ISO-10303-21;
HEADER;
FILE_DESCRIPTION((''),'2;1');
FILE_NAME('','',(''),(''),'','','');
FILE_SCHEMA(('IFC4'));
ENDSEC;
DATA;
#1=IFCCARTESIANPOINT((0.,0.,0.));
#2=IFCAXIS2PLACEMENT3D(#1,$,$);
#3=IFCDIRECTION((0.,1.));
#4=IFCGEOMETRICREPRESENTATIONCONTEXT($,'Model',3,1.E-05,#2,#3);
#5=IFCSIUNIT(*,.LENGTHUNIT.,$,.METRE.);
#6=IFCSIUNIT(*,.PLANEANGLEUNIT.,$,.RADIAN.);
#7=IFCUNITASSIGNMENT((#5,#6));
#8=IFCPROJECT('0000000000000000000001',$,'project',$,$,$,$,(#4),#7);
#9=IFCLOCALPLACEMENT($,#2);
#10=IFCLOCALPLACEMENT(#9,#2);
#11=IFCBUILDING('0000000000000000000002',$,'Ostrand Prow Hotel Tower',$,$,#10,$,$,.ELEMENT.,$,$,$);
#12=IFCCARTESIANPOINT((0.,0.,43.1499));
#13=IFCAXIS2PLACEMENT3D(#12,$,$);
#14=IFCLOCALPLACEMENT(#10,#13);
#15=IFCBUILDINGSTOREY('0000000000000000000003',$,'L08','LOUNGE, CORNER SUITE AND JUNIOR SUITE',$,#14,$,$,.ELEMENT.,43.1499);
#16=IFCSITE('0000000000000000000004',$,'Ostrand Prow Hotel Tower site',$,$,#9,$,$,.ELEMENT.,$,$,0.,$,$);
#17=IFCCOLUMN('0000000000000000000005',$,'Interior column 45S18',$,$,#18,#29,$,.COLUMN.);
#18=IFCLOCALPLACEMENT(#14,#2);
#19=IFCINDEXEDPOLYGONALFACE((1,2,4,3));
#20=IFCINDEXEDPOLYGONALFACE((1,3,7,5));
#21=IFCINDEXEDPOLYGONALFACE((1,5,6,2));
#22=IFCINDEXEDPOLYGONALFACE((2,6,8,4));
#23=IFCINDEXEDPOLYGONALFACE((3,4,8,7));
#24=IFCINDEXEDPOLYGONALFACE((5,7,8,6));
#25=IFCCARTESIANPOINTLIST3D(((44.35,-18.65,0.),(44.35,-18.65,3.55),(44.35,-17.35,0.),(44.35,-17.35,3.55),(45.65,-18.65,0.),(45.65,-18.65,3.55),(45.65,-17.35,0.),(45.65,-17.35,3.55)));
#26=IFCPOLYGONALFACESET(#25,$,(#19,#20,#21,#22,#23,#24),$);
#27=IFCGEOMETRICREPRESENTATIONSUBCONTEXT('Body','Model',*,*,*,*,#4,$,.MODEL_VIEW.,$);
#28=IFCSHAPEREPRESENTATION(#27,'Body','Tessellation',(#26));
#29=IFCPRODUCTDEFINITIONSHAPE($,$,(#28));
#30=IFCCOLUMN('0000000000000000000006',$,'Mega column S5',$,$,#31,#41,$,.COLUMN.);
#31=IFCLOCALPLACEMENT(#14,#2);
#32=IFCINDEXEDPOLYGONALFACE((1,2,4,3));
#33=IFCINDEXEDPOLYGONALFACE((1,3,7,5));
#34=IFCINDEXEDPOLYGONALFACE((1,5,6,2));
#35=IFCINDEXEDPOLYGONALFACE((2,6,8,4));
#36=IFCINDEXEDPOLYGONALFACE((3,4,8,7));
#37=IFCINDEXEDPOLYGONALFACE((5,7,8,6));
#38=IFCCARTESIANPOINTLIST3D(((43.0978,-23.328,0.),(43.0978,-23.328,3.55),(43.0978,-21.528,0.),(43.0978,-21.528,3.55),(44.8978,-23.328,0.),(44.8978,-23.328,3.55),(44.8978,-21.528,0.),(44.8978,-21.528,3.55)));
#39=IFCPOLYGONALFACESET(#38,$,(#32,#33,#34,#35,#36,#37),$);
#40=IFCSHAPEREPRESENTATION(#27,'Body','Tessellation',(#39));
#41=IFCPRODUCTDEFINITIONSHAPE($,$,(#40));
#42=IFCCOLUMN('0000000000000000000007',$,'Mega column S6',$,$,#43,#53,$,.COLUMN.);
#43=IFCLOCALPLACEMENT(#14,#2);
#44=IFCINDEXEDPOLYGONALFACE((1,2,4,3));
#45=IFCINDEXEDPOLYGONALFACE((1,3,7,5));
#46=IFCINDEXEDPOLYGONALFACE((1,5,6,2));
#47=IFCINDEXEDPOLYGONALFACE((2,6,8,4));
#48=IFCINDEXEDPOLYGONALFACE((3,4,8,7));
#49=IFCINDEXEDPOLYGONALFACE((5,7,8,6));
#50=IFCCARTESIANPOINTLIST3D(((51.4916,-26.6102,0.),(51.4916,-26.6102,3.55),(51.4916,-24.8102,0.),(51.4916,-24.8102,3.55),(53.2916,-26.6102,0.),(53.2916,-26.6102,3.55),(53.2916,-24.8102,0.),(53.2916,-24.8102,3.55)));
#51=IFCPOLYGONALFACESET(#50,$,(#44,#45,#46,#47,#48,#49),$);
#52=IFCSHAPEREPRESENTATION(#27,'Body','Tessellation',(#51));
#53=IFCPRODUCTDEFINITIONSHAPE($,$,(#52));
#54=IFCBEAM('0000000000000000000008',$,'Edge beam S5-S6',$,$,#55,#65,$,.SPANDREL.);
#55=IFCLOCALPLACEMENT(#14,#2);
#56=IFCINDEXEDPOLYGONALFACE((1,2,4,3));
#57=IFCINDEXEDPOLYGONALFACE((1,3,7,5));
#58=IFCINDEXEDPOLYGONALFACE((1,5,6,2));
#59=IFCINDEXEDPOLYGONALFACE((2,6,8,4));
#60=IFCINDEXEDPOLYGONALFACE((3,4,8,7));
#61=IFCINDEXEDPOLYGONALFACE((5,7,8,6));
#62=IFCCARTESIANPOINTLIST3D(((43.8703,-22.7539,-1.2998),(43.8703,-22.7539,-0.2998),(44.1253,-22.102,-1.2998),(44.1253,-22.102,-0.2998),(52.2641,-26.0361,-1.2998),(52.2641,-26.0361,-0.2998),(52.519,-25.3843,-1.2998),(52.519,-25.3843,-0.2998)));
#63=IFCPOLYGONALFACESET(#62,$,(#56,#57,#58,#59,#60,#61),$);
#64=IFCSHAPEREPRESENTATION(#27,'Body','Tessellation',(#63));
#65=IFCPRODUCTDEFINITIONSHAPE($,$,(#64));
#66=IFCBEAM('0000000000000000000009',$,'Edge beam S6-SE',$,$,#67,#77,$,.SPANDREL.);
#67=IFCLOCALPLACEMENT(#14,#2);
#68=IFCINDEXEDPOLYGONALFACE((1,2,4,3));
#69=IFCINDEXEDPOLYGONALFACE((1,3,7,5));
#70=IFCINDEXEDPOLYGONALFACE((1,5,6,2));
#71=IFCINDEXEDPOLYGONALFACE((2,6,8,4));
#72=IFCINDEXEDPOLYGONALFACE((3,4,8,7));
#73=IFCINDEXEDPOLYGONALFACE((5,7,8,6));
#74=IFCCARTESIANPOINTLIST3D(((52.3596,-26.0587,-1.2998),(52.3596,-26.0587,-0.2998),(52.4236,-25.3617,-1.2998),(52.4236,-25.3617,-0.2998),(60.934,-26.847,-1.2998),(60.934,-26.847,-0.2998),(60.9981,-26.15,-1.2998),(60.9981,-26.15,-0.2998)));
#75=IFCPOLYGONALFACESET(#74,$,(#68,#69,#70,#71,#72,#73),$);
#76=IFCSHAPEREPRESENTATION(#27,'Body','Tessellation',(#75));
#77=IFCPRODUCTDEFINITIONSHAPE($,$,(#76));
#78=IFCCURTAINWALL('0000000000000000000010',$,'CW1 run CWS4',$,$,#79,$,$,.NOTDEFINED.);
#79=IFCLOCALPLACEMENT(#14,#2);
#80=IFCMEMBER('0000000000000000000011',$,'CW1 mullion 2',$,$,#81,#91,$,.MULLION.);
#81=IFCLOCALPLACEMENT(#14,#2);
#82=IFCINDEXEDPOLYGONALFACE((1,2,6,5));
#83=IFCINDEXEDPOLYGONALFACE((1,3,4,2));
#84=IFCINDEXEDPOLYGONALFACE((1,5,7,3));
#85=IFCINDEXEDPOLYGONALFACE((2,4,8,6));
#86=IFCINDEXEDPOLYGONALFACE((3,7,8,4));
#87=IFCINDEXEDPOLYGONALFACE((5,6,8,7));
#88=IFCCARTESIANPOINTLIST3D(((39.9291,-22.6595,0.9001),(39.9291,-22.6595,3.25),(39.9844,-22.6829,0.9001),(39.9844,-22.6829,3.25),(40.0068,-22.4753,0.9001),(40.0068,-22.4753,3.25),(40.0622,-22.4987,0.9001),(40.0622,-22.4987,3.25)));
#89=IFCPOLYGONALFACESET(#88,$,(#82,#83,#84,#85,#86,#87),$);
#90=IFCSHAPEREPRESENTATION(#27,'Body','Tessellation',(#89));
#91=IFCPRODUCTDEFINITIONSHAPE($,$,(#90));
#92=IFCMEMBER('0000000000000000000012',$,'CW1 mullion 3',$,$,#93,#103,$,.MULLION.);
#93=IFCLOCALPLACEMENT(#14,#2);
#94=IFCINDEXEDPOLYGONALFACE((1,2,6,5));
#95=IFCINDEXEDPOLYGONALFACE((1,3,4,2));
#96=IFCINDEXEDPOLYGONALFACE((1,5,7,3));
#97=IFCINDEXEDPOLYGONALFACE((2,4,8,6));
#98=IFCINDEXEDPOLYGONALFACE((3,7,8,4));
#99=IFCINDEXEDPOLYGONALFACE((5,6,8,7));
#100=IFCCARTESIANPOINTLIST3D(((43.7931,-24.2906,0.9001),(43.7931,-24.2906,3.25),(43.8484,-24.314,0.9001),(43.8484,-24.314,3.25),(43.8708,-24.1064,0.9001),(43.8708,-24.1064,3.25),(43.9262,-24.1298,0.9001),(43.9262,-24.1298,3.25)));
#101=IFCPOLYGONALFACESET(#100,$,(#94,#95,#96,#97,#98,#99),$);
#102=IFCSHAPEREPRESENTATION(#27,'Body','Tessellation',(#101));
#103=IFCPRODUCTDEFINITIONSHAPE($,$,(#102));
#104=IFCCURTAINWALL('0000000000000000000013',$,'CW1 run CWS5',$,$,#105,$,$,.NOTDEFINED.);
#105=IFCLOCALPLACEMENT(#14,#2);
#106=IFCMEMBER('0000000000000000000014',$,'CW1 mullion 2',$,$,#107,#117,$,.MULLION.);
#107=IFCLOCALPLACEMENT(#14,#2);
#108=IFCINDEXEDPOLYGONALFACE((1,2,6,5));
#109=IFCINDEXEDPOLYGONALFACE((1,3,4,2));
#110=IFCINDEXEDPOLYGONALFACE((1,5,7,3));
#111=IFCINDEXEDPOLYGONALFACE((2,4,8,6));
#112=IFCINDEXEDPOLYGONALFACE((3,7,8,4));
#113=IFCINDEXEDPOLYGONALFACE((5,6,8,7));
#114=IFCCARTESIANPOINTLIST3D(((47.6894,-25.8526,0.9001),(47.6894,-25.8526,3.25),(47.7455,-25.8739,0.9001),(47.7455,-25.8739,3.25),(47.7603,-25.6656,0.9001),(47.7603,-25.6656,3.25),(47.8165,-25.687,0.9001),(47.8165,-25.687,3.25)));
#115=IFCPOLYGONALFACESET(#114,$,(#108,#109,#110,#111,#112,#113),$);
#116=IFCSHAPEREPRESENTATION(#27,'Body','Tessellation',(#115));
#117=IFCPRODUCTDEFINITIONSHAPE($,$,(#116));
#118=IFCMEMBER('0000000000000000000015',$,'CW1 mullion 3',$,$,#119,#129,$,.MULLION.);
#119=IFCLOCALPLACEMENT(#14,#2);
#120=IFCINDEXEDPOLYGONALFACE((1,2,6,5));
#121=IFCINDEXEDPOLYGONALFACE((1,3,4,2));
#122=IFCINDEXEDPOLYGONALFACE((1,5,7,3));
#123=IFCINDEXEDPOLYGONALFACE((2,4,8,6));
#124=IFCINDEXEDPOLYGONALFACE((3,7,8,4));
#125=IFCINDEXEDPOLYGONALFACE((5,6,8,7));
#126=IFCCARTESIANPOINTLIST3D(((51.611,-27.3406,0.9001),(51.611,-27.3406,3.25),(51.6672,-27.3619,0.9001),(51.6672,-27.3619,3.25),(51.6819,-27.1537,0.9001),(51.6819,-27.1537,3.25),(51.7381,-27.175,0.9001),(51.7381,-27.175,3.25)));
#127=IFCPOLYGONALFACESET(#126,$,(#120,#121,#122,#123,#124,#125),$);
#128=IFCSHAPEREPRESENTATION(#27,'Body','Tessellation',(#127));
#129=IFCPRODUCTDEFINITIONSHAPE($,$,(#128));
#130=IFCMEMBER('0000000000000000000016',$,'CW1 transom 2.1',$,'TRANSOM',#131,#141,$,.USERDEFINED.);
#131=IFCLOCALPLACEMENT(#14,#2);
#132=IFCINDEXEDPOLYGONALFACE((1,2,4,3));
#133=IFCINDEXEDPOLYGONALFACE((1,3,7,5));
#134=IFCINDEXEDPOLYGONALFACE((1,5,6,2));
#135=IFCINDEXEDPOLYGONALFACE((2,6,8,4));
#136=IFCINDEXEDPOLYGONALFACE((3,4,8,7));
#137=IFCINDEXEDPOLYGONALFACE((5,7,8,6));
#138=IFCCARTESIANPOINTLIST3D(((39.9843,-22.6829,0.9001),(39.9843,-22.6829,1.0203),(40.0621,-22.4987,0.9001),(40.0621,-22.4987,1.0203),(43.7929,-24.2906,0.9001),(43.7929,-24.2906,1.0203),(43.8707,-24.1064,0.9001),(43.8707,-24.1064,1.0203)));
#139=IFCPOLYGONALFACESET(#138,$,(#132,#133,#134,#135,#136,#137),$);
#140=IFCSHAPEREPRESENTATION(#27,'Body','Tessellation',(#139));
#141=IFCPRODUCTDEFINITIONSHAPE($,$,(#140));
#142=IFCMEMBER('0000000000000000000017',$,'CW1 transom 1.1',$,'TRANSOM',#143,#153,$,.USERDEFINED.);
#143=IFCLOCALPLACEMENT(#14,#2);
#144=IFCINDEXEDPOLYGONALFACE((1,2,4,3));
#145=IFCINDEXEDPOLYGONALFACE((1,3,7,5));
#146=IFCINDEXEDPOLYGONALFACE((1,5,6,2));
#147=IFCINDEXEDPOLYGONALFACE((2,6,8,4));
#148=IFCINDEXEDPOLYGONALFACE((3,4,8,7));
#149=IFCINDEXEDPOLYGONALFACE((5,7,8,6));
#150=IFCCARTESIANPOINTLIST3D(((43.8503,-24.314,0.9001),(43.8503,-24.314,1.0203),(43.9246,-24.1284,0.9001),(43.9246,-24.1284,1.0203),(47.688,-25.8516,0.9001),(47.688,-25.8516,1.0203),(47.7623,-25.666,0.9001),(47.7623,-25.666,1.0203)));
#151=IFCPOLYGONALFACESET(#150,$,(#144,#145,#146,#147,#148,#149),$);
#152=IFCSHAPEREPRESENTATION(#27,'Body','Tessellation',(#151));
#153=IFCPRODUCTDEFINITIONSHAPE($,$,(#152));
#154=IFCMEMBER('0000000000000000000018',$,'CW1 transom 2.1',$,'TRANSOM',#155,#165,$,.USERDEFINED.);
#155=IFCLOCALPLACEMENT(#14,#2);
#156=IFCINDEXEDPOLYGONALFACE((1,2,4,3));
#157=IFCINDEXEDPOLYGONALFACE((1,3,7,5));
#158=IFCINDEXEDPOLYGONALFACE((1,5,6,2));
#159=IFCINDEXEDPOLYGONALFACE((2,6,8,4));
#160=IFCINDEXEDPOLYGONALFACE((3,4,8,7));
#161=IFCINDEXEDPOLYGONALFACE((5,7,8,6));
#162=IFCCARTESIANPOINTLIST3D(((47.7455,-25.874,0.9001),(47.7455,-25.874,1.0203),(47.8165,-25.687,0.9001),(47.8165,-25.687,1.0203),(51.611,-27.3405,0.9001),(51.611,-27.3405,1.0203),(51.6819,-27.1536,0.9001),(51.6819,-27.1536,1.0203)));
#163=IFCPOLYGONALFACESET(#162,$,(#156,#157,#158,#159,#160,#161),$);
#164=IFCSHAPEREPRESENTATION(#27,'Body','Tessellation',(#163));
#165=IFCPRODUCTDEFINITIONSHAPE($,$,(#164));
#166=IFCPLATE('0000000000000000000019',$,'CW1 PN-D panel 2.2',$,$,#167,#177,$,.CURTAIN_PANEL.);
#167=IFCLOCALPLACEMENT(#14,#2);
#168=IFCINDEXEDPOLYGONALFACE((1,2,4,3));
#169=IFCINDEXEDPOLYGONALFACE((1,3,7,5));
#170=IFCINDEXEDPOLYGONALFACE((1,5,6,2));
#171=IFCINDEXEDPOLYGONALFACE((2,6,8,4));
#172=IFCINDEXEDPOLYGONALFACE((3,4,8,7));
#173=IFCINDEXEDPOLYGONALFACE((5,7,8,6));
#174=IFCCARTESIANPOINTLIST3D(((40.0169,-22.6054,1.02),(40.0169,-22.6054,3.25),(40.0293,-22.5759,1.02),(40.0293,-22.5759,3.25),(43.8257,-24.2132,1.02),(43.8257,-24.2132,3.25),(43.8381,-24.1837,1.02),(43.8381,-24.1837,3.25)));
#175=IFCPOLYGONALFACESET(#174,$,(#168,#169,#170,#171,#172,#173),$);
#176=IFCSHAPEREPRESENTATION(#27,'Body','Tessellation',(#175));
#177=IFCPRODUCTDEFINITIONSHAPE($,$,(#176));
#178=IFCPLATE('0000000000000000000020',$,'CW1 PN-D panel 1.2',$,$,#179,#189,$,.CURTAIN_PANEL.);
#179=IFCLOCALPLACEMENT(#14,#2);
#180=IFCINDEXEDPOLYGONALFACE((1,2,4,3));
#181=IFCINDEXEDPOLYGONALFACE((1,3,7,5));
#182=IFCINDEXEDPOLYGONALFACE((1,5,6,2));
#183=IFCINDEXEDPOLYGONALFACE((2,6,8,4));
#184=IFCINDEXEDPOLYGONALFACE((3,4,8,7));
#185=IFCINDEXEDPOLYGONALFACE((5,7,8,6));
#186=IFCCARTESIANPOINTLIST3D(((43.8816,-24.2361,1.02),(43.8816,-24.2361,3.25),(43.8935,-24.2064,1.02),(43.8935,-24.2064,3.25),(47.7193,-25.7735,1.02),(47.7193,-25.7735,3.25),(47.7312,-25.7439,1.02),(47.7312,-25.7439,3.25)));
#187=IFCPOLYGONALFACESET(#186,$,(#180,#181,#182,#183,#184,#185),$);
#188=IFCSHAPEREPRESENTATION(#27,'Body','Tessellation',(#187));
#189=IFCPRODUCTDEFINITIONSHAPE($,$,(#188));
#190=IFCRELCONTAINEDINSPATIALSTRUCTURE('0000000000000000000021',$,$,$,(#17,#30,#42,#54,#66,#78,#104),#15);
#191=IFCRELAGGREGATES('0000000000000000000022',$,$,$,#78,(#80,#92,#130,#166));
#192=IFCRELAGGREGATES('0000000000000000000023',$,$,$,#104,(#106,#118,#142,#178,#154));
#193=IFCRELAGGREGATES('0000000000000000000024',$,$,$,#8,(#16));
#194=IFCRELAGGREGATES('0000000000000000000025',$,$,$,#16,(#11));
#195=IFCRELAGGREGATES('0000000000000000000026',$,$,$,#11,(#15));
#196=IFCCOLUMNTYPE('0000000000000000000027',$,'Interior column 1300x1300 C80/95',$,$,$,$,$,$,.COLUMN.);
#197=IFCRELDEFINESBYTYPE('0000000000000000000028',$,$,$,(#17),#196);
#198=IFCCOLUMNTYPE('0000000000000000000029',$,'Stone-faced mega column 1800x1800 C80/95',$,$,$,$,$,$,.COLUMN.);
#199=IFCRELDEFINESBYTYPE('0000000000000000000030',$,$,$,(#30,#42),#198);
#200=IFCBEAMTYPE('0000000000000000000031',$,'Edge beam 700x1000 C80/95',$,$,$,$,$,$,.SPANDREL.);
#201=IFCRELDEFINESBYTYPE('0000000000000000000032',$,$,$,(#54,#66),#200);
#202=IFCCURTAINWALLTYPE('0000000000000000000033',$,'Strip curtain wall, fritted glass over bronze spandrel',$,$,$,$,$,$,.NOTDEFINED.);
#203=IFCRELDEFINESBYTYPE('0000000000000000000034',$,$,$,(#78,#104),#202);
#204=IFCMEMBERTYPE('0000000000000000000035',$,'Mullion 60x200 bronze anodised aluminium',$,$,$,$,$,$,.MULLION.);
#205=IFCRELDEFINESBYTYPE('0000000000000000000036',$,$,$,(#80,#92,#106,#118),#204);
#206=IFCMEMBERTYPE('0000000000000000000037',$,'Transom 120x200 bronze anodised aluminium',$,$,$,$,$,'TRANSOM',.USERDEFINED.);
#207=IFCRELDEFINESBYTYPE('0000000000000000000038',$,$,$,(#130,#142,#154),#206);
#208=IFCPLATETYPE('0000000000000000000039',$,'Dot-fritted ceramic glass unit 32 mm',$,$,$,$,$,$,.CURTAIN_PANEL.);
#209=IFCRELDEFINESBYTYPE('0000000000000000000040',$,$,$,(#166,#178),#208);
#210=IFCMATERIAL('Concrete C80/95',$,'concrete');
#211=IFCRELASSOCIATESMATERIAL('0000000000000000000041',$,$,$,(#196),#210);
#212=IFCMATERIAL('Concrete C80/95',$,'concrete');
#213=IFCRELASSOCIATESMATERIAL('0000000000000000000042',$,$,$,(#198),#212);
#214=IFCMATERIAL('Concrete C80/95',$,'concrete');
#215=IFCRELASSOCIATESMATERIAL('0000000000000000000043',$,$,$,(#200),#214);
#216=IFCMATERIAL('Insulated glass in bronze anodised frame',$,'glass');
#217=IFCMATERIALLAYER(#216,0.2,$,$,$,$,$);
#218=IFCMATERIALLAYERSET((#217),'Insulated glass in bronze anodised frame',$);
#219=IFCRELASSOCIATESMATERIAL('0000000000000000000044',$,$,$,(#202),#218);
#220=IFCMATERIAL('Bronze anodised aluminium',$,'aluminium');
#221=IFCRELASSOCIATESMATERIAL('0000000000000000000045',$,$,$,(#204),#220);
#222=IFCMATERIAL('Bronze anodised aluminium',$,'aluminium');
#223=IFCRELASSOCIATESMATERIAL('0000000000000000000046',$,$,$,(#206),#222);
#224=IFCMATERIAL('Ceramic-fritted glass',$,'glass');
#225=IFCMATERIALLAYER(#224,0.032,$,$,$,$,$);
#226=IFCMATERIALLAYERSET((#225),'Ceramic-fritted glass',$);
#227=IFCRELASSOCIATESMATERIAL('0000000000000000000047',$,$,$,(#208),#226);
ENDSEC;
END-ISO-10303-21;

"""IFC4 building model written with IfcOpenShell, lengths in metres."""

from ifc_helpers import new_model, si_unit, direction, frame, origin, origin_2d, place, context, subcontext, project, spatial, rectangle, extrude, material, layer, layer_set, material_profile, profile_set, type_object, element, aggregate, save


model = new_model("IFC4")

# Units and contexts
model_context = context("Model", 3, precision=1e-05, world=origin(), true_north=direction((0.0, 1.0)))
body_context = subcontext(model_context, "Body", "Model", "MODEL_VIEW")
ifc_project = project(units=[si_unit("LENGTHUNIT", "METRE"), si_unit("PLANEANGLEUNIT", "RADIAN")], contexts=[model_context])

# Site, building, storey
site_placement = place(None, origin())
site = spatial("IfcSite", under=ifc_project, at=site_placement, Name="Ostrand Prow Hotel Tower site", CompositionType="ELEMENT", RefElevation=0.0)
building_placement = place(site_placement, origin())
building = spatial("IfcBuilding", under=site, at=building_placement, Name="Ostrand Prow Hotel Tower", CompositionType="ELEMENT")
storey_placement = place(building_placement, frame((0.0, 0.0, 43.1499)))
storey = spatial("IfcBuildingStorey", under=building, at=storey_placement, Name="L08", Description="LOUNGE, CORNER SUITE AND JUNIOR SUITE", CompositionType="ELEMENT", Elevation=43.1499)

# Columns
ifc_material_1 = material(Name="Concrete C80/95", Category="concrete")
ifc_material_profile_1 = material_profile(ifc_material_1, rectangle(XDim=1.3, YDim=1.3, at=origin_2d()), Name="RC 1300x1300")
ifc_profile_set_1 = profile_set([ifc_material_profile_1], Name="Concrete C80/95")
column_type_1 = type_object("IfcColumnType", Name="Interior column 1300x1300 C80/95", PredefinedType="COLUMN", material=ifc_profile_set_1)
column_placement = place(storey_placement, frame((45.0, -18.0, 0.0), z_axis=(0.0, 0.0, 1.0), x_axis=(1.0, 0.0, 0.0)))
element("IfcColumn", 1, at=column_placement, inside=storey, type_object=column_type_1, Name="Interior column 45S18", PredefinedType="COLUMN", context=body_context, shape_type="SweptSolid", body=[
    extrude(rectangle(XDim=1.3, YDim=1.3, at=origin_2d()), origin(), (0.0, 0.0, 1.0), 3.55),
])
ifc_material_2 = material(Name="Concrete C80/95", Category="concrete")
ifc_material_profile_2 = material_profile(ifc_material_2, rectangle(XDim=1.8, YDim=1.8, at=origin_2d()), Name="RC 1800x1800")
ifc_profile_set_2 = profile_set([ifc_material_profile_2], Name="Concrete C80/95")
column_type_2 = type_object("IfcColumnType", Name="Stone-faced mega column 1800x1800 C80/95", PredefinedType="COLUMN", material=ifc_profile_set_2)
for number, where, z_axis, x_axis, name in (
    (2, (43.9978, -22.428, 0.0), (0.0, 0.0, 1.0), (1.0, 0.0, 0.0), "Mega column S5"),
    (3, (52.3916, -25.7102, 0.0), (0.0, 0.0, 1.0), (1.0, 0.0, 0.0), "Mega column S6"),
):
    element("IfcColumn", number, at=place(storey_placement, frame(where, z_axis=z_axis, x_axis=x_axis)), inside=storey, type_object=column_type_2, Name=name, PredefinedType="COLUMN", context=body_context, shape_type="SweptSolid", body=[
        extrude(rectangle(XDim=1.8, YDim=1.8, at=origin_2d()), origin(), (0.0, 0.0, 1.0), 3.55),
    ])

# Beams
ifc_material_3 = material(Name="Concrete C80/95", Category="concrete")
ifc_material_profile_3 = material_profile(ifc_material_3, rectangle(XDim=0.7, YDim=1.0, at=origin_2d()), Name="RC 700x1000")
ifc_profile_set_3 = profile_set([ifc_material_profile_3], Name="Concrete C80/95")
beam_type = type_object("IfcBeamType", Name="Edge beam 700x1000 C80/95", PredefinedType="SPANDREL", material=ifc_profile_set_3)
beam_1_placement = place(storey_placement, frame((43.9978, -22.428, -0.7998), z_axis=(0.931329, -0.364178, 0.0), x_axis=(0.364178, 0.931329, 0.0)))
element("IfcBeam", 4, at=beam_1_placement, inside=storey, type_object=beam_type, Name="Edge beam S5-S6", PredefinedType="SPANDREL", context=body_context, shape_type="SweptSolid", body=[
    extrude(rectangle(XDim=0.7, YDim=1.0, at=origin_2d()), origin(), (0.0, 0.0, 1.0), 9.0127),
])
beam_2_placement = place(storey_placement, frame((52.3916, -25.7102, -0.7998), z_axis=(0.9958, -0.091553, 0.0), x_axis=(0.091553, 0.9958, 0.0)))
element("IfcBeam", 5, at=beam_2_placement, inside=storey, type_object=beam_type, Name="Edge beam S6-SE", PredefinedType="SPANDREL", context=body_context, shape_type="SweptSolid", body=[
    extrude(rectangle(XDim=0.7, YDim=1.0, at=origin_2d()), origin(), (0.0, 0.0, 1.0), 8.6106),
])

# Curtain walls, members
ifc_material_4 = material(Name="Insulated glass in bronze anodised frame", Category="glass")
ifc_layer_1 = layer(ifc_material_4, 0.2)
ifc_layer_set_1 = layer_set([ifc_layer_1], Name="Insulated glass in bronze anodised frame")
curtain_wall_type = type_object("IfcCurtainWallType", Name="Strip curtain wall, fritted glass over bronze spandrel", PredefinedType="NOTDEFINED", material=ifc_layer_set_1)
curtain_wall_1_placement = place(storey_placement, origin())
curtain_wall_1 = element("IfcCurtainWall", 6, at=curtain_wall_1_placement, inside=storey, type_object=curtain_wall_type, Name="CW1 run CWS4", PredefinedType="NOTDEFINED")
ifc_material_5 = material(Name="Bronze anodised aluminium", Category="aluminium")
ifc_material_profile_4 = material_profile(ifc_material_5, rectangle(XDim=0.2, YDim=0.0601, at=origin_2d()), Name="Mullion 60x200 bronze anodised aluminium")
ifc_profile_set_4 = profile_set([ifc_material_profile_4], Name="Bronze anodised aluminium")
member_type_1 = type_object("IfcMemberType", Name="Mullion 60x200 bronze anodised aluminium", PredefinedType="MULLION", material=ifc_profile_set_4)
member_1_placement = place(storey_placement, frame((39.9956, -22.5791, 0.9001), z_axis=(0.0, 0.0, 1.0), x_axis=(0.388892, 0.921283, 0.0)))
member_1 = element("IfcMember", 7, at=member_1_placement, type_object=member_type_1, Name="CW1 mullion 2", PredefinedType="MULLION", context=body_context, shape_type="SweptSolid", body=[
    extrude(rectangle(XDim=0.2, YDim=0.0601, at=origin_2d()), origin(), (0.0, 0.0, 1.0), 2.3499),
])
member_2_placement = place(storey_placement, frame((43.8596, -24.2102, 0.9001), z_axis=(0.0, 0.0, 1.0), x_axis=(0.388892, 0.921283, 0.0)))
member_2 = element("IfcMember", 8, at=member_2_placement, type_object=member_type_1, Name="CW1 mullion 3", PredefinedType="MULLION", context=body_context, shape_type="SweptSolid", body=[
    extrude(rectangle(XDim=0.2, YDim=0.0601, at=origin_2d()), origin(), (0.0, 0.0, 1.0), 2.3499),
])
curtain_wall_2_placement = place(storey_placement, origin())
curtain_wall_2 = element("IfcCurtainWall", 9, at=curtain_wall_2_placement, inside=storey, type_object=curtain_wall_type, Name="CW1 run CWS5", PredefinedType="NOTDEFINED")
member_3_placement = place(storey_placement, frame((47.7529, -25.7698, 0.9001), z_axis=(0.0, 0.0, 1.0), x_axis=(0.354728, 0.934969, 0.0)))
member_3 = element("IfcMember", 10, at=member_3_placement, type_object=member_type_1, Name="CW1 mullion 2", PredefinedType="MULLION", context=body_context, shape_type="SweptSolid", body=[
    extrude(rectangle(XDim=0.2, YDim=0.0601, at=origin_2d()), origin(), (0.0, 0.0, 1.0), 2.3499),
])
member_4_placement = place(storey_placement, frame((51.6746, -27.2578, 0.9001), z_axis=(0.0, 0.0, 1.0), x_axis=(0.354728, 0.934969, 0.0)))
member_4 = element("IfcMember", 11, at=member_4_placement, type_object=member_type_1, Name="CW1 mullion 3", PredefinedType="MULLION", context=body_context, shape_type="SweptSolid", body=[
    extrude(rectangle(XDim=0.2, YDim=0.0601, at=origin_2d()), origin(), (0.0, 0.0, 1.0), 2.3499),
])

# Members
ifc_material_6 = material(Name="Bronze anodised aluminium", Category="aluminium")
ifc_material_profile_5 = material_profile(ifc_material_6, rectangle(XDim=0.2, YDim=0.1201, at=origin_2d()), Name="Transom 120x200 bronze anodised aluminium")
ifc_profile_set_5 = profile_set([ifc_material_profile_5], Name="Bronze anodised aluminium")
member_type_2 = type_object("IfcMemberType", Name="Transom 120x200 bronze anodised aluminium", ElementType="TRANSOM", PredefinedType="USERDEFINED", material=ifc_profile_set_5)
member_5_placement = place(storey_placement, frame((40.0232, -22.5908, 0.9602), z_axis=(0.921285, -0.388888, 0.0), x_axis=(0.388888, 0.921285, 0.0)))
member_5 = element("IfcMember", 12, at=member_5_placement, type_object=member_type_2, Name="CW1 transom 2.1", ObjectType="TRANSOM", PredefinedType="USERDEFINED", context=body_context, shape_type="SweptSolid", body=[
    extrude(rectangle(XDim=0.2, YDim=0.1201, at=origin_2d()), origin(), (0.0, 0.0, 1.0), 4.134),
])
member_6_placement = place(storey_placement, frame((43.8875, -24.2212, 0.9602), z_axis=(0.928265, -0.37192, 0.0), x_axis=(0.37192, 0.928265, 0.0)))
member_6 = element("IfcMember", 13, at=member_6_placement, type_object=member_type_2, Name="CW1 transom 1.1", ObjectType="TRANSOM", PredefinedType="USERDEFINED", context=body_context, shape_type="SweptSolid", body=[
    extrude(rectangle(XDim=0.2, YDim=0.1201, at=origin_2d()), origin(), (0.0, 0.0, 1.0), 4.1343),
])
member_7_placement = place(storey_placement, frame((47.781, -25.7805, 0.9602), z_axis=(0.934971, -0.354725, 0.0), x_axis=(0.354725, 0.934971, 0.0)))
member_7 = element("IfcMember", 14, at=member_7_placement, type_object=member_type_2, Name="CW1 transom 2.1", ObjectType="TRANSOM", PredefinedType="USERDEFINED", context=body_context, shape_type="SweptSolid", body=[
    extrude(rectangle(XDim=0.2, YDim=0.1201, at=origin_2d()), origin(), (0.0, 0.0, 1.0), 4.1343),
])

# Plates
ifc_material_7 = material(Name="Ceramic-fritted glass", Category="glass")
ifc_layer_2 = layer(ifc_material_7, 0.032)
ifc_layer_set_2 = layer_set([ifc_layer_2], Name="Ceramic-fritted glass")
plate_type_1 = type_object("IfcPlateType", Name="Dot-fritted ceramic glass unit 32 mm", PredefinedType="CURTAIN_PANEL", material=ifc_layer_set_2)
plate_1_placement = place(storey_placement, frame((41.9275, -23.3945, 1.02), z_axis=(0.0, 0.0, 1.0), x_axis=(0.921283, -0.388892, 0.0)))
plate_1 = element("IfcPlate", 15, at=plate_1_placement, type_object=plate_type_1, Name="CW1 PN-D panel 2.2", PredefinedType="CURTAIN_PANEL", context=body_context, shape_type="SweptSolid", body=[
    extrude(rectangle(XDim=4.1343, YDim=0.032, at=origin_2d()), origin(), (0.0, 0.0, 1.0), 2.23),
])
aggregate(curtain_wall_1, [member_1, member_2, member_5, plate_1])
plate_2_placement = place(storey_placement, frame((45.8064, -24.99, 1.02), z_axis=(0.0, 0.0, 1.0), x_axis=(0.928283, -0.371873, 0.0)))
plate_2 = element("IfcPlate", 16, at=plate_2_placement, type_object=plate_type_1, Name="CW1 PN-D panel 1.2", PredefinedType="CURTAIN_PANEL", context=body_context, shape_type="SweptSolid", body=[
    extrude(rectangle(XDim=4.1343, YDim=0.032, at=origin_2d()), origin(), (0.0, 0.0, 1.0), 2.23),
])
aggregate(curtain_wall_2, [member_3, member_4, member_6, plate_2, member_7])

save(model, "model.ifc")
